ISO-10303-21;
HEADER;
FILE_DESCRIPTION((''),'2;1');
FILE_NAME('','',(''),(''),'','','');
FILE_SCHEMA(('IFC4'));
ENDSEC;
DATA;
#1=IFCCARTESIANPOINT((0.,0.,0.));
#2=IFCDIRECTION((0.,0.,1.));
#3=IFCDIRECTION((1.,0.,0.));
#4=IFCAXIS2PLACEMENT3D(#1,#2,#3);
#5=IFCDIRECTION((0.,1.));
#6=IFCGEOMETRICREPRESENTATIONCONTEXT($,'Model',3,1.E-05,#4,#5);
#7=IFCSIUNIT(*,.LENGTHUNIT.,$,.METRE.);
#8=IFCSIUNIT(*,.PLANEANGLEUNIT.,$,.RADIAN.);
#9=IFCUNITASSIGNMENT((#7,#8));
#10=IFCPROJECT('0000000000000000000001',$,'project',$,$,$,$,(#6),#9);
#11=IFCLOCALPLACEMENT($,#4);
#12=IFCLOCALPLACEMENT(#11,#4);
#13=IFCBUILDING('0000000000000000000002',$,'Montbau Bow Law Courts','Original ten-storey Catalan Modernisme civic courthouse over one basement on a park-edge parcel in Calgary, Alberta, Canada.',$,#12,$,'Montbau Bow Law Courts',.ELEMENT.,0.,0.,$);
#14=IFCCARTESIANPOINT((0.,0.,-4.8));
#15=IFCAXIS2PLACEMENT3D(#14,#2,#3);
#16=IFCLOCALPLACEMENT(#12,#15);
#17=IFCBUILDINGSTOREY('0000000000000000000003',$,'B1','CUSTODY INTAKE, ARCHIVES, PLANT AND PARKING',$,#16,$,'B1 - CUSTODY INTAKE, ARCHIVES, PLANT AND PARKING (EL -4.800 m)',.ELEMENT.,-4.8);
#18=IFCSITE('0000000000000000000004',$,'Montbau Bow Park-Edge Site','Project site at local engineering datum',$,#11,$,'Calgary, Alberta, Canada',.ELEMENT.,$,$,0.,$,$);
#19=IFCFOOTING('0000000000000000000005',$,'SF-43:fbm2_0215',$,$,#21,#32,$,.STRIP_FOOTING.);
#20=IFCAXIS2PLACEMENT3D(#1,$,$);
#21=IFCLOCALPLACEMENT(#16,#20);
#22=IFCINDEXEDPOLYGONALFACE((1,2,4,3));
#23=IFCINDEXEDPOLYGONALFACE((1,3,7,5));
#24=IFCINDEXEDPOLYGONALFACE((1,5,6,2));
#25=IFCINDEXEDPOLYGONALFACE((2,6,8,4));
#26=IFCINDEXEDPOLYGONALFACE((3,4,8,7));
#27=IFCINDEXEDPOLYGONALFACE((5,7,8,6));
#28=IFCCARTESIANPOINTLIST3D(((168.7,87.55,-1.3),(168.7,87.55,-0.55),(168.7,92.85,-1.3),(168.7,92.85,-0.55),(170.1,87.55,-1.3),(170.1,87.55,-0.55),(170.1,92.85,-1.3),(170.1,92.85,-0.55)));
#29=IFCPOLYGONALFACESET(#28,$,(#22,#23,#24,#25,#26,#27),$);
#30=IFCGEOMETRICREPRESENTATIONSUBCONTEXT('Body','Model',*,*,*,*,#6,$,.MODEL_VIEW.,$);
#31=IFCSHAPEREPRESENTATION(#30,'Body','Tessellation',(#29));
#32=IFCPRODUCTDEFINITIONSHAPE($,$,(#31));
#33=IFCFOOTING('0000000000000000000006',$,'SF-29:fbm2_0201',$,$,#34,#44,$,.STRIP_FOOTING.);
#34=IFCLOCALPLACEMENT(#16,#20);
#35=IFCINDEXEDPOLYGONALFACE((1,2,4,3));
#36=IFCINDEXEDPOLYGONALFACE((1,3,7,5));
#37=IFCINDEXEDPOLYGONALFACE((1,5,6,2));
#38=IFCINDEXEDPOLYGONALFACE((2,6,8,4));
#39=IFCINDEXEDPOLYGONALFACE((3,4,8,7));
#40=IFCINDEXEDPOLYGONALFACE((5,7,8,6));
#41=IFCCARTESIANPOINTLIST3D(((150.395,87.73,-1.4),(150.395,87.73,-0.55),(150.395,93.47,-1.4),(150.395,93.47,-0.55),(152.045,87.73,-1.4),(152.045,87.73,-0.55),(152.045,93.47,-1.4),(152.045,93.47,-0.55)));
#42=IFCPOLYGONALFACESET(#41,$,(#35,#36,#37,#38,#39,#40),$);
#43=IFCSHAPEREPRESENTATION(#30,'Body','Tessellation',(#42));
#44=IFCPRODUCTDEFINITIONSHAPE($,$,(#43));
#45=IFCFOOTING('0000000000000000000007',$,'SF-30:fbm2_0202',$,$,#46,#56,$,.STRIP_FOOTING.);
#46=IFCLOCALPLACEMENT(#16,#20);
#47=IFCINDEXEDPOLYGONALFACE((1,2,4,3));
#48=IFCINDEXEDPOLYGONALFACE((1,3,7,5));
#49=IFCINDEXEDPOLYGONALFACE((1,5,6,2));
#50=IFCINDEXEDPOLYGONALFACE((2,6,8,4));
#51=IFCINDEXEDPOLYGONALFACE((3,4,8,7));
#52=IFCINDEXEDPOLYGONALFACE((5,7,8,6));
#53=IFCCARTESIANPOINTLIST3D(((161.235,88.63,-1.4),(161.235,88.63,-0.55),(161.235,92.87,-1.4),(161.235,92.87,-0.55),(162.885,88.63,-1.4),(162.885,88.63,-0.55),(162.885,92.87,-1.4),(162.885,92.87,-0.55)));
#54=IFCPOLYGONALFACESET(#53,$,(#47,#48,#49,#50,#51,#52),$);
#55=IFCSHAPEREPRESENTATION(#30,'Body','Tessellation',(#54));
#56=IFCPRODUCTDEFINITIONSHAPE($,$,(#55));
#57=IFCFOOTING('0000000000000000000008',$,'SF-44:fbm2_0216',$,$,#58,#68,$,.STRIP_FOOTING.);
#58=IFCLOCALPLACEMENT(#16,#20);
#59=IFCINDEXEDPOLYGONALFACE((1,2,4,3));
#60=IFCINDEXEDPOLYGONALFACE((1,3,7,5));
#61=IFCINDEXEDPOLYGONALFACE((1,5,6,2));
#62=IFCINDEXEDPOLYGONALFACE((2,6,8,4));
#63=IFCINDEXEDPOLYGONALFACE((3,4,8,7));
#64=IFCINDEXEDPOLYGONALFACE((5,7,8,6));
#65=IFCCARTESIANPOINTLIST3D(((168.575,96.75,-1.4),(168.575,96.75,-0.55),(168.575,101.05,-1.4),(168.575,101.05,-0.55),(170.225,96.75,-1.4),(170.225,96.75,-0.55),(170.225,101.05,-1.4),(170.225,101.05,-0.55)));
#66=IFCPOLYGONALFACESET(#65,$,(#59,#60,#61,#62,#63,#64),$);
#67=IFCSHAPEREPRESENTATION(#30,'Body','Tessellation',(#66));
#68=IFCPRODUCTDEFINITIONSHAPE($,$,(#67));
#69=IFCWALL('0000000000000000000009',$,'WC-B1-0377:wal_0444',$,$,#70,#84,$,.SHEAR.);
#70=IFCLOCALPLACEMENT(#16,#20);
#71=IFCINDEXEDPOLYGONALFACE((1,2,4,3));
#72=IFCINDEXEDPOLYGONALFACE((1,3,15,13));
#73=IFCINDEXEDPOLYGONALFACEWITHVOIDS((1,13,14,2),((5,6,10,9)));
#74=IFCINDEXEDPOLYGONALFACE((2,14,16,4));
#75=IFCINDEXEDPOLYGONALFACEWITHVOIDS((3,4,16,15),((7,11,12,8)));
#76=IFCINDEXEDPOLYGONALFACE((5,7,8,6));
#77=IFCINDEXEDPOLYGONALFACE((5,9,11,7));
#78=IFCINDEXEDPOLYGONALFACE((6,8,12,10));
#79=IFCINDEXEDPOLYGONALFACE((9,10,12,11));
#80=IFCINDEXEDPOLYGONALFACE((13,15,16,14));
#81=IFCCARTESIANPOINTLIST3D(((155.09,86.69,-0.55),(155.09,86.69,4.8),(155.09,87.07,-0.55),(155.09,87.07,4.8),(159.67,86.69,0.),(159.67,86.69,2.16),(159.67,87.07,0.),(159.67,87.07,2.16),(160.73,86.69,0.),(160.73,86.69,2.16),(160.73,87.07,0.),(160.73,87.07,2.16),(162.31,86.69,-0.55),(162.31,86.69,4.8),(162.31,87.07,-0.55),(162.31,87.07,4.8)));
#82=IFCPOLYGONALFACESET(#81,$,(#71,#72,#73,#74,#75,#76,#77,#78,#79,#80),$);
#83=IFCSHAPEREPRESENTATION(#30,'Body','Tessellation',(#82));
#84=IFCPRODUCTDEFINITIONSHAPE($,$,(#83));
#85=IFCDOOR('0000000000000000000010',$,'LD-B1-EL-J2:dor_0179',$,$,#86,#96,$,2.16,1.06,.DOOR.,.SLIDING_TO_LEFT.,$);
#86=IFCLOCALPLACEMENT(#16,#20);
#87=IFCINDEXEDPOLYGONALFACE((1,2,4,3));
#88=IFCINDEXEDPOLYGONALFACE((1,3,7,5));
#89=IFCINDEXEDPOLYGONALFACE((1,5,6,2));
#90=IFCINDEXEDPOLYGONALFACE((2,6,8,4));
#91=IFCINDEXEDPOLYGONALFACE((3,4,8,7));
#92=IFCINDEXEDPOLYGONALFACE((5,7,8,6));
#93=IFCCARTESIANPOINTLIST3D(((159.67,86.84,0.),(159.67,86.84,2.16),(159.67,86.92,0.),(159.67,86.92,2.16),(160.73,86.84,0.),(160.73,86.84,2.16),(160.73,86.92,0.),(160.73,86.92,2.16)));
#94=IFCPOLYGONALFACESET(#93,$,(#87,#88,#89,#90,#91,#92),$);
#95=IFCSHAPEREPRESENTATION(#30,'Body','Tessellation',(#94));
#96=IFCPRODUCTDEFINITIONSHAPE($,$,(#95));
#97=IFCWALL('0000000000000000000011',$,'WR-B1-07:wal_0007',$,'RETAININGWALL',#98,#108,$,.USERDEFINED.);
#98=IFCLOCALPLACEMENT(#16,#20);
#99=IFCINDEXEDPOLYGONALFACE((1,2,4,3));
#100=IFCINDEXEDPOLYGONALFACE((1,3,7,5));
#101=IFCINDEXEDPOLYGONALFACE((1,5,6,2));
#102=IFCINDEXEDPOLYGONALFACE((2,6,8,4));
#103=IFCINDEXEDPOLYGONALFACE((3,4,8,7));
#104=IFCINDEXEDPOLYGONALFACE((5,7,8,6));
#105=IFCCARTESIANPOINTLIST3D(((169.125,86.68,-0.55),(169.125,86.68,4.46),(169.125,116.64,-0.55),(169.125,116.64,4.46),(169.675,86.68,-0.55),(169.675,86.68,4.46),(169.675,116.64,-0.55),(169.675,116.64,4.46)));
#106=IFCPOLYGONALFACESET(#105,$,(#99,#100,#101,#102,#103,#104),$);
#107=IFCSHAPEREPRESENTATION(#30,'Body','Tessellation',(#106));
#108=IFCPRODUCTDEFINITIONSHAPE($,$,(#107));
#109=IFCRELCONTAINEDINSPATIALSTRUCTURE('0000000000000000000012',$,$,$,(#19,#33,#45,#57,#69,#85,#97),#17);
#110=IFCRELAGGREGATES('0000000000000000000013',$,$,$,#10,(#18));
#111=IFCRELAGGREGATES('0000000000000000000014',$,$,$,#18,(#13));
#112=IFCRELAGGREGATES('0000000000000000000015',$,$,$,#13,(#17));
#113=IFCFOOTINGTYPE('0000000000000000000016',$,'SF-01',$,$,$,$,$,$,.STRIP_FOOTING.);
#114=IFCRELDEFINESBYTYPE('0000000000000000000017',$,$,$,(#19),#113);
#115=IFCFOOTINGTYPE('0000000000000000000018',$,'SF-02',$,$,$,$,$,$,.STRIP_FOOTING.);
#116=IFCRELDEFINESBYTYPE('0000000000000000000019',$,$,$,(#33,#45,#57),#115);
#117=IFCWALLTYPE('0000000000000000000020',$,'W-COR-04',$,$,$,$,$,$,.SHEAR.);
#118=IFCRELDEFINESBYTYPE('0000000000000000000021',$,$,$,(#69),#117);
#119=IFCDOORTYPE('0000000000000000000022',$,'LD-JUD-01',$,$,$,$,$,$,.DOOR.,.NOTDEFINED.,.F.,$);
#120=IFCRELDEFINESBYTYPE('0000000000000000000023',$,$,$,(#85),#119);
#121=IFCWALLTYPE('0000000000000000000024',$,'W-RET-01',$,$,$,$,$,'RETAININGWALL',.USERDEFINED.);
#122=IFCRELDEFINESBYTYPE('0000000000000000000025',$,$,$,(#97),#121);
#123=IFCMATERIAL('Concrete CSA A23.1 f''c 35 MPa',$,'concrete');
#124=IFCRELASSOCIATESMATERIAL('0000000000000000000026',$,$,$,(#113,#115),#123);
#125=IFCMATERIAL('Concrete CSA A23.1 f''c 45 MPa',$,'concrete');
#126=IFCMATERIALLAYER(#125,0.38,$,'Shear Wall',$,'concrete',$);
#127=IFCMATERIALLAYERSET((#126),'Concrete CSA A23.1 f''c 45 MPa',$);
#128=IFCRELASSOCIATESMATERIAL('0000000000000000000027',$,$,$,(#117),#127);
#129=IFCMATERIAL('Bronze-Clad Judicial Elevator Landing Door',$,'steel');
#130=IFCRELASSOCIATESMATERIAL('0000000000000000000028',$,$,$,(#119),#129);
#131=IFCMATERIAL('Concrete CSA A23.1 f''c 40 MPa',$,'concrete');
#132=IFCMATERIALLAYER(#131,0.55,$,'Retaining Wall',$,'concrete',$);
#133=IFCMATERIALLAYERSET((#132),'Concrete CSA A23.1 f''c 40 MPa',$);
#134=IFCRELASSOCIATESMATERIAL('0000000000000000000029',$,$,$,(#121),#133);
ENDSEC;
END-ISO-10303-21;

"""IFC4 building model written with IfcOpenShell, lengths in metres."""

from ifc_helpers import new_model, si_unit, direction, frame, frame_2d, origin_with_axes, origin_2d_with_axis, place, context, subcontext, project, spatial, rectangle, extrude, material, layer, layer_set, type_object, element, fill, save


model = new_model("IFC4")

# Units and contexts
model_context = context("Model", 3, precision=1e-05, world=origin_with_axes(), true_north=direction((0.0, 1.0)))
body_context = subcontext(model_context, "Body", "Model", "MODEL_VIEW")
ifc_project = project(units=[si_unit("LENGTHUNIT", "METRE"), si_unit("PLANEANGLEUNIT", "RADIAN")], contexts=[model_context])

# Site, building, storey
site_placement = place(None, origin_with_axes())
site = spatial("IfcSite", under=ifc_project, at=site_placement, Name="Montbau Bow Park-Edge Site", Description="Project site at local engineering datum", LongName="Calgary, Alberta, Canada", CompositionType="ELEMENT", RefElevation=0.0)
building_placement = place(site_placement, origin_with_axes())
building = spatial("IfcBuilding", under=site, at=building_placement, Name="Montbau Bow Law Courts", Description="Original ten-storey Catalan Modernisme civic courthouse over one basement on a park-edge parcel in Calgary, Alberta, Canada.", LongName="Montbau Bow Law Courts", CompositionType="ELEMENT", ElevationOfRefHeight=0.0, ElevationOfTerrain=0.0)
storey_placement = place(building_placement, frame((0.0, 0.0, -4.8), z_axis=(0.0, 0.0, 1.0), x_axis=(1.0, 0.0, 0.0)))
storey = spatial("IfcBuildingStorey", under=building, at=storey_placement, Name="B1", Description="CUSTODY INTAKE, ARCHIVES, PLANT AND PARKING", LongName="B1 - CUSTODY INTAKE, ARCHIVES, PLANT AND PARKING (EL -4.800 m)", CompositionType="ELEMENT", Elevation=-4.8)

# Shared definitions
ifc_material_1 = material(Name="Concrete CSA A23.1 f'c 35 MPa", Category="concrete")

# Shared definitions
ifc_material_2 = material(Name="Concrete CSA A23.1 f'c 40 MPa", Category="concrete")

# Footings
footing_type_1 = type_object("IfcFootingType", Name="SF-01", PredefinedType="STRIP_FOOTING", material=ifc_material_1)
footing_1_placement = place(None, frame((169.4, 90.2, -6.1), z_axis=(0.0, 0.0, 1.0), x_axis=(0.0, 1.0, 0.0)))
element("IfcFooting", 1, at=footing_1_placement, inside=storey, type_object=footing_type_1, Name="SF-43:fbm2_0215", PredefinedType="STRIP_FOOTING", context=body_context, shape_type="SweptSolid", body=[
    extrude(rectangle(XDim=5.3, YDim=1.4, at=origin_2d_with_axis()), origin_with_axes(), (0.0, 0.0, 1.0), 0.75),
])
footing_type_2 = type_object("IfcFootingType", Name="SF-02", PredefinedType="STRIP_FOOTING", material=ifc_material_1)
footing_2_placement = place(None, frame((151.22, 90.6, -6.2), z_axis=(0.0, 0.0, 1.0), x_axis=(0.0, 1.0, 0.0)))
element("IfcFooting", 2, at=footing_2_placement, inside=storey, type_object=footing_type_2, Name="SF-29:fbm2_0201", PredefinedType="STRIP_FOOTING", context=body_context, shape_type="SweptSolid", body=[
    extrude(rectangle(XDim=5.74, YDim=1.65, at=origin_2d_with_axis()), origin_with_axes(), (0.0, 0.0, 1.0), 0.85),
])
footing_3_placement = place(None, frame((162.06, 90.75, -6.2), z_axis=(0.0, 0.0, 1.0), x_axis=(0.0, 1.0, 0.0)))
element("IfcFooting", 3, at=footing_3_placement, inside=storey, type_object=footing_type_2, Name="SF-30:fbm2_0202", PredefinedType="STRIP_FOOTING", context=body_context, shape_type="SweptSolid", body=[
    extrude(rectangle(XDim=4.24, YDim=1.65, at=origin_2d_with_axis()), origin_with_axes(), (0.0, 0.0, 1.0), 0.85),
])
footing_4_placement = place(None, frame((169.4, 98.9, -6.2), z_axis=(0.0, 0.0, 1.0), x_axis=(0.0, 1.0, 0.0)))
element("IfcFooting", 4, at=footing_4_placement, inside=storey, type_object=footing_type_2, Name="SF-44:fbm2_0216", PredefinedType="STRIP_FOOTING", context=body_context, shape_type="SweptSolid", body=[
    extrude(rectangle(XDim=4.3, YDim=1.65, at=origin_2d_with_axis()), origin_with_axes(), (0.0, 0.0, 1.0), 0.85),
])

# Wall, opening, door
ifc_material_3 = material(Name="Concrete CSA A23.1 f'c 45 MPa", Category="concrete")
ifc_layer_1 = layer(ifc_material_3, 0.38, Name="Shear Wall", Category="concrete")
ifc_layer_set_1 = layer_set([ifc_layer_1], Name="Concrete CSA A23.1 f'c 45 MPa")
wall_type_1 = type_object("IfcWallType", Name="W-COR-04", PredefinedType="SHEAR", material=ifc_layer_set_1)
wall_1_placement = place(None, frame((155.09, 86.88, -5.35), z_axis=(0.0, 0.0, 1.0), x_axis=(1.0, 0.0, 0.0)))
wall_1 = element("IfcWall", 5, at=wall_1_placement, inside=storey, type_object=wall_type_1, Name="WC-B1-0377:wal_0444", PredefinedType="SHEAR", context=body_context, shape_type="SweptSolid", body=[
    extrude(rectangle(XDim=7.22, YDim=0.38, at=frame_2d((3.61, 0.0), x_axis=(1.0, 0.0))), origin_with_axes(), (0.0, 0.0, 1.0), 5.35),
])
opening_placement = place(None, frame((160.2, 86.88, -4.8), z_axis=(0.0, 0.0, 1.0), x_axis=(1.0, 0.0, 0.0)))
opening = element("IfcOpeningElement", 6, at=opening_placement, cuts=wall_1, PredefinedType="OPENING", context=body_context, shape_type="SweptSolid", body=[
    extrude(rectangle(XDim=1.06, YDim=2.16, at=frame_2d((0.0, 1.08), x_axis=(1.0, 0.0))), frame((0.0, 0.2, 0.0), z_axis=(0.0, -1.0, 0.0), x_axis=(1.0, 0.0, 0.0)), (0.0, 0.0, 1.0), 0.4),
])
ifc_material_4 = material(Name="Bronze-Clad Judicial Elevator Landing Door", Category="steel")
door_type = type_object("IfcDoorType", Name="LD-JUD-01", OperationType="NOTDEFINED", ParameterTakesPrecedence=False, PredefinedType="DOOR", material=ifc_material_4)
door_placement = place(None, frame((160.2, 86.88, -4.8), z_axis=(0.0, 0.0, 1.0), x_axis=(-1.0, 0.0, 0.0)))
door = element("IfcDoor", 7, at=door_placement, inside=storey, type_object=door_type, Name="LD-B1-EL-J2:dor_0179", OperationType="SLIDING_TO_LEFT", OverallHeight=2.16, OverallWidth=1.06, PredefinedType="DOOR", context=body_context, shape_type="SweptSolid", body=[
    extrude(rectangle(XDim=1.06, YDim=2.16, at=frame_2d((0.0, 1.08), x_axis=(1.0, 0.0))), frame((0.0, 0.04, 0.0), z_axis=(0.0, -1.0, 0.0), x_axis=(1.0, 0.0, 0.0)), (0.0, 0.0, 1.0), 0.08),
])
fill(opening, door)

# Wall
ifc_layer_2 = layer(ifc_material_2, 0.55, Name="Retaining Wall", Category="concrete")
ifc_layer_set_2 = layer_set([ifc_layer_2], Name="Concrete CSA A23.1 f'c 40 MPa")
wall_type_2 = type_object("IfcWallType", Name="W-RET-01", ElementType="RETAININGWALL", PredefinedType="USERDEFINED", material=ifc_layer_set_2)
wall_2_placement = place(None, frame((169.4, 86.68, -5.35), z_axis=(0.0, 0.0, 1.0), x_axis=(0.0, 1.0, 0.0)))
element("IfcWall", 8, at=wall_2_placement, inside=storey, type_object=wall_type_2, Name="WR-B1-07:wal_0007", ObjectType="RETAININGWALL", PredefinedType="USERDEFINED", context=body_context, shape_type="SweptSolid", body=[
    extrude(rectangle(XDim=29.96, YDim=0.55, at=frame_2d((14.98, 0.0), x_axis=(1.0, 0.0))), origin_with_axes(), (0.0, 0.0, 1.0), 5.01),
])

save(model, "model.ifc")
